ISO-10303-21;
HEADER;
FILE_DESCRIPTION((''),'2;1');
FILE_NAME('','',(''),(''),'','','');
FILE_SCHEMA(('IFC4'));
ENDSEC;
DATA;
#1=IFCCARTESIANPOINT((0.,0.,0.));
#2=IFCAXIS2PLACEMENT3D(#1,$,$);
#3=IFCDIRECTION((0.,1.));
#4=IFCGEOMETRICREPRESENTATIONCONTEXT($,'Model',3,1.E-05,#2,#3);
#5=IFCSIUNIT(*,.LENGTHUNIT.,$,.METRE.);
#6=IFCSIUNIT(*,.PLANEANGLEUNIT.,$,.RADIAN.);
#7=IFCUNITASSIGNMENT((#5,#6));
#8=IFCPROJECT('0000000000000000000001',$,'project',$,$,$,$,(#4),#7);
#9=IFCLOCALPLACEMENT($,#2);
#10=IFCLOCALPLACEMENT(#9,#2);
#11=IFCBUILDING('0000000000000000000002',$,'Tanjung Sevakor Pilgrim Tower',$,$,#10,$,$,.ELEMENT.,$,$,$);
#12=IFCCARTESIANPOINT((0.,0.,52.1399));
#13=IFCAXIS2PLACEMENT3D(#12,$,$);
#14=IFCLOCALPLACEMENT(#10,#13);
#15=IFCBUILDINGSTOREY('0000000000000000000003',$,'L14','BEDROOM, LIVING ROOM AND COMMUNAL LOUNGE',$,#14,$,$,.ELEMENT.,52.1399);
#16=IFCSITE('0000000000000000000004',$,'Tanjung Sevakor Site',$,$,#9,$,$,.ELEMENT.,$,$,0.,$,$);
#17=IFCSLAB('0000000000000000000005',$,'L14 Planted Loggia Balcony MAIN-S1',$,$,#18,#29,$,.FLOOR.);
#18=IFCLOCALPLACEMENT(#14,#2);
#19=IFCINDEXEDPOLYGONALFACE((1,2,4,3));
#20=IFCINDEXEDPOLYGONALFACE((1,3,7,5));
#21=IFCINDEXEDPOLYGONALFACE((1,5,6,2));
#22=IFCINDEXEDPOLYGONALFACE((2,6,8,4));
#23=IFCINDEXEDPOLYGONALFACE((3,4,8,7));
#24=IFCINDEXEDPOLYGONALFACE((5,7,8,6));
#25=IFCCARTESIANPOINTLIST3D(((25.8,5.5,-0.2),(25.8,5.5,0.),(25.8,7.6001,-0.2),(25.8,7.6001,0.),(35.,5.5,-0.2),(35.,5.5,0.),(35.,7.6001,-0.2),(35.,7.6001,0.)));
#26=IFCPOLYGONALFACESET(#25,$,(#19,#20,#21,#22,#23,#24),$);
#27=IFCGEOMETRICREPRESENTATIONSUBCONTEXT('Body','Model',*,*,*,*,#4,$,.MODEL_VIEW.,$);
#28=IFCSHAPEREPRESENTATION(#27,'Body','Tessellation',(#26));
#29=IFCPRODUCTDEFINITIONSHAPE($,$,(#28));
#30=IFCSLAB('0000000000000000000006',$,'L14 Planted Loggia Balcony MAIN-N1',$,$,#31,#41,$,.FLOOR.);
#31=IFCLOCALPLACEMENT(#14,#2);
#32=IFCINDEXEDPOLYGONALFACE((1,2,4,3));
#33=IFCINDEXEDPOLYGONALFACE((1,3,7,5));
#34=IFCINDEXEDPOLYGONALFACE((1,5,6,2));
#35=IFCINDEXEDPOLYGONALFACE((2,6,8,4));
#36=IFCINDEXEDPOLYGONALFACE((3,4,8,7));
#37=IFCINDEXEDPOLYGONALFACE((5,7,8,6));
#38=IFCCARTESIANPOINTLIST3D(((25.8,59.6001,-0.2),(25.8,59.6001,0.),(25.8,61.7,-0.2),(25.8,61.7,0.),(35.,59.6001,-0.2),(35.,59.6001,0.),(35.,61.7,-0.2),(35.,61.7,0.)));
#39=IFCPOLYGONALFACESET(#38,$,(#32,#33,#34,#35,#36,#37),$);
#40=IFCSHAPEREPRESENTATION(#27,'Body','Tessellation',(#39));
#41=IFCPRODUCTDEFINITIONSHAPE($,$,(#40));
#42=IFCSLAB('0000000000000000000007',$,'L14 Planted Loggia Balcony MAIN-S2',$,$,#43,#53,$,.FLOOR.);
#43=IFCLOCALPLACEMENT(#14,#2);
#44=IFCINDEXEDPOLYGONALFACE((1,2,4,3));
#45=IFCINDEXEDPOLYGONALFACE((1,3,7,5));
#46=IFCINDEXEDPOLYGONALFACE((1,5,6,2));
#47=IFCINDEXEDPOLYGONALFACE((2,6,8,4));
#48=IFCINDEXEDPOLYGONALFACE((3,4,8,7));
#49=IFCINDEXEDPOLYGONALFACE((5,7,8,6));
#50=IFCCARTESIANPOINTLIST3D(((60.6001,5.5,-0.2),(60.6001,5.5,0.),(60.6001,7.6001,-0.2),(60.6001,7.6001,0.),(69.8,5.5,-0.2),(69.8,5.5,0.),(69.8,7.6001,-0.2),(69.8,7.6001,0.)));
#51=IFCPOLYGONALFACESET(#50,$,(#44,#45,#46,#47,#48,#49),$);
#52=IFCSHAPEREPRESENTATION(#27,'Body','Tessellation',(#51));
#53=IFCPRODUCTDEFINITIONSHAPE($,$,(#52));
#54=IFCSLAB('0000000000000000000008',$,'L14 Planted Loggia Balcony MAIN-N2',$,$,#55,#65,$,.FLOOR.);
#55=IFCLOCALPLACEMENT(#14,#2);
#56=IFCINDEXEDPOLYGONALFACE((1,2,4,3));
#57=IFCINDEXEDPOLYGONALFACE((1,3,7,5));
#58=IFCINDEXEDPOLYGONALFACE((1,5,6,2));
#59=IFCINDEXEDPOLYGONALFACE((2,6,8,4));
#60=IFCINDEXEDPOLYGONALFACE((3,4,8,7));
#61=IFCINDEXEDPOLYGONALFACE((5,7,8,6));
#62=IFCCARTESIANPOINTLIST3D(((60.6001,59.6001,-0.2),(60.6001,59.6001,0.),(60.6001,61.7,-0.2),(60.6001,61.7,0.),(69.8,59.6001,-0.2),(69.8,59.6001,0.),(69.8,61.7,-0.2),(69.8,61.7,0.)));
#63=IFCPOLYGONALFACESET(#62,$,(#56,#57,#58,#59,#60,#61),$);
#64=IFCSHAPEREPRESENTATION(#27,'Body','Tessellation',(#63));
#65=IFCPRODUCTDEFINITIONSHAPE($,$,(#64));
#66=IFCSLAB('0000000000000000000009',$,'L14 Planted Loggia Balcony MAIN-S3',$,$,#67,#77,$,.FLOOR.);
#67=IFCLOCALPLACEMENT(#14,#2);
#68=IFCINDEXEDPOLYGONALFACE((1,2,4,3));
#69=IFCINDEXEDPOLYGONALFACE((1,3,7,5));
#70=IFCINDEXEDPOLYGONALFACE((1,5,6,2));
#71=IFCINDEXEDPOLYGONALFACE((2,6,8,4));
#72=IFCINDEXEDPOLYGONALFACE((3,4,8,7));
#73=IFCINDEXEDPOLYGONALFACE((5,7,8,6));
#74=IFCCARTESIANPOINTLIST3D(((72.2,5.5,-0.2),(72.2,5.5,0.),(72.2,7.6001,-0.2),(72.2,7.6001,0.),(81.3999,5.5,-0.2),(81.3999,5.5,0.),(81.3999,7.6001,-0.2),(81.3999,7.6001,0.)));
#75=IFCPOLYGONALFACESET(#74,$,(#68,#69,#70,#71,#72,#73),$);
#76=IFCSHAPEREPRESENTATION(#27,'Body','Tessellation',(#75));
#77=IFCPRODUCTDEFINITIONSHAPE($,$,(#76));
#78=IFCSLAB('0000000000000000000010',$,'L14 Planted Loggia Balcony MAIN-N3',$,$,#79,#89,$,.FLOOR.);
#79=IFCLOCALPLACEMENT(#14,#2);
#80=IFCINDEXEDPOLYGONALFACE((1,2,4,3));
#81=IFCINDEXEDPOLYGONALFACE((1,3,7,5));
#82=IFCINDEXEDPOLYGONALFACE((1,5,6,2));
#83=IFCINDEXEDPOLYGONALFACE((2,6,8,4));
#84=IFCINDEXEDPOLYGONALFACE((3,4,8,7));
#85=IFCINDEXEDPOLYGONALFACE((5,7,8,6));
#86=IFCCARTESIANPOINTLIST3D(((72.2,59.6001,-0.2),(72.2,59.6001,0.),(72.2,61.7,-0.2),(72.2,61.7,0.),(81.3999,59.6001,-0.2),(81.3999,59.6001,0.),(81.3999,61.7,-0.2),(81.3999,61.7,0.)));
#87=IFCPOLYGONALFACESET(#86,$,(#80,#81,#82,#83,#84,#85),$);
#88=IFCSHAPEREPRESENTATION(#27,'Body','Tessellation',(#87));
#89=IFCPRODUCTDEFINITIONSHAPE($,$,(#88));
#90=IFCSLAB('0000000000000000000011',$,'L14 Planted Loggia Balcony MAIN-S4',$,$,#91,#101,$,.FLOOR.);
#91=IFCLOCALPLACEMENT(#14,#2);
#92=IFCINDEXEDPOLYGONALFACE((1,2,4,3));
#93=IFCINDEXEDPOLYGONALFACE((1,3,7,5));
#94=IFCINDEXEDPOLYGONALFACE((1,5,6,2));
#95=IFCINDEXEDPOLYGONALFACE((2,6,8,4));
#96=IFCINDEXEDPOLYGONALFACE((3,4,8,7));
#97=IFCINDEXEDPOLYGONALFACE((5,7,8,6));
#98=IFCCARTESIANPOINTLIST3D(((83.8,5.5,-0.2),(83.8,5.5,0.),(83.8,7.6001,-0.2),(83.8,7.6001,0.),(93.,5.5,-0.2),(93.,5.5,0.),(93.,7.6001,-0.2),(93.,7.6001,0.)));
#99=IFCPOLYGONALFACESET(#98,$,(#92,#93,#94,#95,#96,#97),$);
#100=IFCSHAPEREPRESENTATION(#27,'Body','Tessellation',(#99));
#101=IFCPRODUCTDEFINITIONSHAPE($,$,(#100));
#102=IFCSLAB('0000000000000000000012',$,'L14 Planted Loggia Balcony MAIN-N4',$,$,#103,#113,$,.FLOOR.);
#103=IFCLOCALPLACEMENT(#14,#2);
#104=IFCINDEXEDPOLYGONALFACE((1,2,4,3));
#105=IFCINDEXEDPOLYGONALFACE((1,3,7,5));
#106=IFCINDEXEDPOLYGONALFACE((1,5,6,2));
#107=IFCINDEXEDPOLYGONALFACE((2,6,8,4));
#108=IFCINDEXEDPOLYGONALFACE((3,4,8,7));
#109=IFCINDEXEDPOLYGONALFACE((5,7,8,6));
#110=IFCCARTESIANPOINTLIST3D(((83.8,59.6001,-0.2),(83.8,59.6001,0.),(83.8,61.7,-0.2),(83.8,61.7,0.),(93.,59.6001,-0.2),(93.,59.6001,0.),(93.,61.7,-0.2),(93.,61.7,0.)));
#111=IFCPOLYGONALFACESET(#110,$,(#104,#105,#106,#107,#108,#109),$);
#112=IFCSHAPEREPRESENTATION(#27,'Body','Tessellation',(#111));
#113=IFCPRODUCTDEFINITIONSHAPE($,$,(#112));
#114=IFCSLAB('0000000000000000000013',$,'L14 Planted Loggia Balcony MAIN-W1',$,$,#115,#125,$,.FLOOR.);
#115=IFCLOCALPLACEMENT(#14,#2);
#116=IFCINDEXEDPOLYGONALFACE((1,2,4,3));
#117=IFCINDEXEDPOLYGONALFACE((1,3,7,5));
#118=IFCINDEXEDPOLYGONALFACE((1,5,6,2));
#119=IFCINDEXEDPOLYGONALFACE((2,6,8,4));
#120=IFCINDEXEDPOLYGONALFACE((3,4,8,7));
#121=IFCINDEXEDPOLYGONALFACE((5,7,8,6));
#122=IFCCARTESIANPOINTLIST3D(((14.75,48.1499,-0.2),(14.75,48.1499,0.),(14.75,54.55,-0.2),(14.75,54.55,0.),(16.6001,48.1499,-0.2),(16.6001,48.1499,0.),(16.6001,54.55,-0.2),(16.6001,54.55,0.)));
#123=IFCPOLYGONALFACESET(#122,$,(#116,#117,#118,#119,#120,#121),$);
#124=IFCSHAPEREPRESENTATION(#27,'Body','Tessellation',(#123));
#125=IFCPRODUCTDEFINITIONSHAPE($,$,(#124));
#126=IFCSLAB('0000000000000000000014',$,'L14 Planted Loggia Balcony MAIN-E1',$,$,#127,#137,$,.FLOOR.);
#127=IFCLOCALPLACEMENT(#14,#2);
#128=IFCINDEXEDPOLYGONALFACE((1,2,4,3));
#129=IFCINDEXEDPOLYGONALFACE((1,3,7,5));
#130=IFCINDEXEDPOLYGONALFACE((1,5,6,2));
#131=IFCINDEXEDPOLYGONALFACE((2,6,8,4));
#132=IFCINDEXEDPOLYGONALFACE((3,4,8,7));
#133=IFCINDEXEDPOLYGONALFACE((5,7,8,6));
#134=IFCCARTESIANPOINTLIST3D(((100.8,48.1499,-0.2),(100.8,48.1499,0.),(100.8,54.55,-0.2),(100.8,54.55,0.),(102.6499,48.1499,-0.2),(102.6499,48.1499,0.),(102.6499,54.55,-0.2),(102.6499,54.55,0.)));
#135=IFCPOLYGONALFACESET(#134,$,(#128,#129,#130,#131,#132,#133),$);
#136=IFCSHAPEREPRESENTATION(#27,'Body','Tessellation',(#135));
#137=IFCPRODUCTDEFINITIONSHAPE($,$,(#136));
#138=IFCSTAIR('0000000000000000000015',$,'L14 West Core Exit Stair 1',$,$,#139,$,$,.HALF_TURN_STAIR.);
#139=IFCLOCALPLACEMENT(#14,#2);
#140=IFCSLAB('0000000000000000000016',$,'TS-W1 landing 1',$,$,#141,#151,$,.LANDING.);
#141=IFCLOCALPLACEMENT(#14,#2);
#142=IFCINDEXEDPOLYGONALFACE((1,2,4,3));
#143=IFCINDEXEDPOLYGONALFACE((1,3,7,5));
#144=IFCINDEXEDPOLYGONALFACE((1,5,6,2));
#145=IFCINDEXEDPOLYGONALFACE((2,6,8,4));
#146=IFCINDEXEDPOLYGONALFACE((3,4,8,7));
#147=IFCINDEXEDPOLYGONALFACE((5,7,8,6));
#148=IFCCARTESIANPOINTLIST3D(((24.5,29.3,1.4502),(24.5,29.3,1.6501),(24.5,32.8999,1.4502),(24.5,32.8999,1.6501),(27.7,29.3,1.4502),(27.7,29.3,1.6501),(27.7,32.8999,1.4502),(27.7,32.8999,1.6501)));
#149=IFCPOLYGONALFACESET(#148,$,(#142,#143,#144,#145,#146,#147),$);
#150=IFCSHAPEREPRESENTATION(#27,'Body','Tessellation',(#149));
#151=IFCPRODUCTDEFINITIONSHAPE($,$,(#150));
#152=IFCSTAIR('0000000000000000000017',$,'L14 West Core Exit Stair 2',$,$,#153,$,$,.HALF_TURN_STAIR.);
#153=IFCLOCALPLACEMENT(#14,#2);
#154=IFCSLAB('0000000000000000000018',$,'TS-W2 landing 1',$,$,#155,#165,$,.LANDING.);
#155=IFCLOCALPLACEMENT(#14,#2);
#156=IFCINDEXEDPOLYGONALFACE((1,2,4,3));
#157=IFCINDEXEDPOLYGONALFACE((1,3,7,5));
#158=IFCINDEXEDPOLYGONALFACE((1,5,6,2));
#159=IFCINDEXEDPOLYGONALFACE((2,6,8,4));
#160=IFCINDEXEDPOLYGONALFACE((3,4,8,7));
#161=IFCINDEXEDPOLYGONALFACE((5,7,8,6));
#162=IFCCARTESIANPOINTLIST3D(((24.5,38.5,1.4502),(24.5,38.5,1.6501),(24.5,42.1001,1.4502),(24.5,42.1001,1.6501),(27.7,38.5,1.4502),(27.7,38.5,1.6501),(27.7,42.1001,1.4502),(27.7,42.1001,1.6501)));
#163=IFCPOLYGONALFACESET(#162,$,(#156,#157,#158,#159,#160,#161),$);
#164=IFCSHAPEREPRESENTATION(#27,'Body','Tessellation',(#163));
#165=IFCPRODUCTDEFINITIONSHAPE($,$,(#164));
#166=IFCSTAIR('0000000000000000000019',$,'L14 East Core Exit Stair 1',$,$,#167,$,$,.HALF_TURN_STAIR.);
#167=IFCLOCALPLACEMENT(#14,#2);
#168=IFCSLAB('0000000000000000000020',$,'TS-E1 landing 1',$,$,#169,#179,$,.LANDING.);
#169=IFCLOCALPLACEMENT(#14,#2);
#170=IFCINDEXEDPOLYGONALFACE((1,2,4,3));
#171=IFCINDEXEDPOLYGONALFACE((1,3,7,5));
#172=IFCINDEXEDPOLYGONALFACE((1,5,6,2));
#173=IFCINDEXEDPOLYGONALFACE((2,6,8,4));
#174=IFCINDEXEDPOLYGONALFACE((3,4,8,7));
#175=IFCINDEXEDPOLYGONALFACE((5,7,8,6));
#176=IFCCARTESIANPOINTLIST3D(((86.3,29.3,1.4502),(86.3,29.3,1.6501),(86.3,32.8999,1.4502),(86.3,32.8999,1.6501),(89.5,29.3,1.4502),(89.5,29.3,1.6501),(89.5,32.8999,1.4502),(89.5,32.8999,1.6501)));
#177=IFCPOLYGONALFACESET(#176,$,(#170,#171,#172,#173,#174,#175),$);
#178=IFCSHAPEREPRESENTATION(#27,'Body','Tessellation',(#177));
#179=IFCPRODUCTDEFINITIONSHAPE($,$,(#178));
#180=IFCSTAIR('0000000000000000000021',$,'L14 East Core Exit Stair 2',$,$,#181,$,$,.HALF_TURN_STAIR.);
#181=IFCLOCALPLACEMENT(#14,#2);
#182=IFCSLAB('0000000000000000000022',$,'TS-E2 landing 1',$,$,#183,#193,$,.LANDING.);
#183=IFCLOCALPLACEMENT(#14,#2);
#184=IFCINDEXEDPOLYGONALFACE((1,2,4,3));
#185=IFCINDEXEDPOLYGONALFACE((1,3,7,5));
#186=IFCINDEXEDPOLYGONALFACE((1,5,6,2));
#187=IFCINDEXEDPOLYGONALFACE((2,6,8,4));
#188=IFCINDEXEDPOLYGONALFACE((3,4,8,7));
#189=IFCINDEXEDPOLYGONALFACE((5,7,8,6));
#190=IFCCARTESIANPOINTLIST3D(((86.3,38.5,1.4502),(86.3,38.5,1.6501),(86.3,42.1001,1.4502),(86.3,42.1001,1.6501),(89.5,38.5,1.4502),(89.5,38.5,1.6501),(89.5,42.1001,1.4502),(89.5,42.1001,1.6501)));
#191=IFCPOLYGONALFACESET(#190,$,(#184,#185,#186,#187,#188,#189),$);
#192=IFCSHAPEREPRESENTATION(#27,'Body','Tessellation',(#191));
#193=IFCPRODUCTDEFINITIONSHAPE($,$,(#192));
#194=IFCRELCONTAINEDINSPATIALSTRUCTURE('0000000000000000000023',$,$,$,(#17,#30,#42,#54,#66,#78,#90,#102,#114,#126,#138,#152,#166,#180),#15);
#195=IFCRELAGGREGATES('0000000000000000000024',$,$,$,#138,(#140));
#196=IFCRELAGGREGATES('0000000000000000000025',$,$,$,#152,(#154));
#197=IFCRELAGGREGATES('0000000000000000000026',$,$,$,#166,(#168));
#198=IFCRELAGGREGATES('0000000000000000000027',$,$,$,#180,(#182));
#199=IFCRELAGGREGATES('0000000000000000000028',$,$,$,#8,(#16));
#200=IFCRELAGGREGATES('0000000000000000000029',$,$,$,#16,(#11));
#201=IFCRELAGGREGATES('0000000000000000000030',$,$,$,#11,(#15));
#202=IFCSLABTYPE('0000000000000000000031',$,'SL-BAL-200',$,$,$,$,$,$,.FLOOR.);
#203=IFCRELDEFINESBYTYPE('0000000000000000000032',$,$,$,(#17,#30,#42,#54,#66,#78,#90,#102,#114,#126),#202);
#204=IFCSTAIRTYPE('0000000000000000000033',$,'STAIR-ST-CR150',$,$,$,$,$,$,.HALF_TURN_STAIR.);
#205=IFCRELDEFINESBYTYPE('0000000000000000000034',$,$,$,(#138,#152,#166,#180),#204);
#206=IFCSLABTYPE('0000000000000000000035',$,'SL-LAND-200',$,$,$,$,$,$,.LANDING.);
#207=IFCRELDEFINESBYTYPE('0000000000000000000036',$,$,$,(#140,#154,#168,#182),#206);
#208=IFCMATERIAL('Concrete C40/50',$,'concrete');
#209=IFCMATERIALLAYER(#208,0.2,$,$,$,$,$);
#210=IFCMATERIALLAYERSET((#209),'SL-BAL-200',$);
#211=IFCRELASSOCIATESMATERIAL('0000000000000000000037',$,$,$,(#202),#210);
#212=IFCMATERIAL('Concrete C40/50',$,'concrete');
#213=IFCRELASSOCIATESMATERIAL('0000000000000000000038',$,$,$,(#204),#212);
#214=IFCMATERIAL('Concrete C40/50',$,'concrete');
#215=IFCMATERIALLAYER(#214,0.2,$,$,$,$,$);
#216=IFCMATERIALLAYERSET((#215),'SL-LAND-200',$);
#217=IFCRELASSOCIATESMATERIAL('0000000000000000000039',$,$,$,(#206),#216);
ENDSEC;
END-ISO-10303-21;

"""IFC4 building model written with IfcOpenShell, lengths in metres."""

from ifc_helpers import new_model, si_unit, direction, frame, origin, place, context, subcontext, project, spatial, polyline, outline, extrude, material, layer, layer_set, type_object, element, aggregate, save


model = new_model("IFC4")

# Units and contexts
model_context = context("Model", 3, precision=1e-05, world=origin(), true_north=direction((0.0, 1.0)))
body_context = subcontext(model_context, "Body", "Model", "MODEL_VIEW")
ifc_project = project(units=[si_unit("LENGTHUNIT", "METRE"), si_unit("PLANEANGLEUNIT", "RADIAN")], contexts=[model_context])

# Site, building, storey
site_placement = place(None, origin())
site = spatial("IfcSite", under=ifc_project, at=site_placement, Name="Tanjung Sevakor Site", CompositionType="ELEMENT", RefElevation=0.0)
building_placement = place(site_placement, origin())
building = spatial("IfcBuilding", under=site, at=building_placement, Name="Tanjung Sevakor Pilgrim Tower", CompositionType="ELEMENT")
storey_placement = place(building_placement, frame((0.0, 0.0, 52.1399)))
storey = spatial("IfcBuildingStorey", under=building, at=storey_placement, Name="L14", Description="BEDROOM, LIVING ROOM AND COMMUNAL LOUNGE", CompositionType="ELEMENT", Elevation=52.1399)

# Slabs
ifc_material_1 = material(Name="Concrete C40/50", Category="concrete")
ifc_layer_1 = layer(ifc_material_1, 0.2)
ifc_layer_set_1 = layer_set([ifc_layer_1], Name="SL-BAL-200")
slab_type_1 = type_object("IfcSlabType", Name="SL-BAL-200", PredefinedType="FLOOR", material=ifc_layer_set_1)
slab_1_placement = place(storey_placement, frame((0.0, 0.0, -0.2)))
element("IfcSlab", 1, at=slab_1_placement, inside=storey, type_object=slab_type_1, Name="L14 Planted Loggia Balcony MAIN-S1", PredefinedType="FLOOR", context=body_context, shape_type="SweptSolid", body=[
    extrude(outline(polyline([(25.8, 5.5), (35.0, 5.5), (35.0, 7.6001), (25.8, 7.6001), (25.8, 5.5)])), origin(), (0.0, 0.0, 1.0), 0.2),
])
slab_2_placement = place(storey_placement, frame((0.0, 0.0, -0.2)))
element("IfcSlab", 2, at=slab_2_placement, inside=storey, type_object=slab_type_1, Name="L14 Planted Loggia Balcony MAIN-N1", PredefinedType="FLOOR", context=body_context, shape_type="SweptSolid", body=[
    extrude(outline(polyline([(25.8, 59.6001), (35.0, 59.6001), (35.0, 61.7), (25.8, 61.7), (25.8, 59.6001)])), origin(), (0.0, 0.0, 1.0), 0.2),
])
slab_3_placement = place(storey_placement, frame((0.0, 0.0, -0.2)))
element("IfcSlab", 3, at=slab_3_placement, inside=storey, type_object=slab_type_1, Name="L14 Planted Loggia Balcony MAIN-S2", PredefinedType="FLOOR", context=body_context, shape_type="SweptSolid", body=[
    extrude(outline(polyline([(60.6001, 5.5), (69.8, 5.5), (69.8, 7.6001), (60.6001, 7.6001), (60.6001, 5.5)])), origin(), (0.0, 0.0, 1.0), 0.2),
])
slab_4_placement = place(storey_placement, frame((0.0, 0.0, -0.2)))
element("IfcSlab", 4, at=slab_4_placement, inside=storey, type_object=slab_type_1, Name="L14 Planted Loggia Balcony MAIN-N2", PredefinedType="FLOOR", context=body_context, shape_type="SweptSolid", body=[
    extrude(outline(polyline([(60.6001, 59.6001), (69.8, 59.6001), (69.8, 61.7), (60.6001, 61.7), (60.6001, 59.6001)])), origin(), (0.0, 0.0, 1.0), 0.2),
])
slab_5_placement = place(storey_placement, frame((0.0, 0.0, -0.2)))
element("IfcSlab", 5, at=slab_5_placement, inside=storey, type_object=slab_type_1, Name="L14 Planted Loggia Balcony MAIN-S3", PredefinedType="FLOOR", context=body_context, shape_type="SweptSolid", body=[
    extrude(outline(polyline([(72.2, 5.5), (81.3999, 5.5), (81.3999, 7.6001), (72.2, 7.6001), (72.2, 5.5)])), origin(), (0.0, 0.0, 1.0), 0.2),
])
slab_6_placement = place(storey_placement, frame((0.0, 0.0, -0.2)))
element("IfcSlab", 6, at=slab_6_placement, inside=storey, type_object=slab_type_1, Name="L14 Planted Loggia Balcony MAIN-N3", PredefinedType="FLOOR", context=body_context, shape_type="SweptSolid", body=[
    extrude(outline(polyline([(72.2, 59.6001), (81.3999, 59.6001), (81.3999, 61.7), (72.2, 61.7), (72.2, 59.6001)])), origin(), (0.0, 0.0, 1.0), 0.2),
])
slab_7_placement = place(storey_placement, frame((0.0, 0.0, -0.2)))
element("IfcSlab", 7, at=slab_7_placement, inside=storey, type_object=slab_type_1, Name="L14 Planted Loggia Balcony MAIN-S4", PredefinedType="FLOOR", context=body_context, shape_type="SweptSolid", body=[
    extrude(outline(polyline([(83.8, 5.5), (93.0, 5.5), (93.0, 7.6001), (83.8, 7.6001), (83.8, 5.5)])), origin(), (0.0, 0.0, 1.0), 0.2),
])
slab_8_placement = place(storey_placement, frame((0.0, 0.0, -0.2)))
element("IfcSlab", 8, at=slab_8_placement, inside=storey, type_object=slab_type_1, Name="L14 Planted Loggia Balcony MAIN-N4", PredefinedType="FLOOR", context=body_context, shape_type="SweptSolid", body=[
    extrude(outline(polyline([(83.8, 59.6001), (93.0, 59.6001), (93.0, 61.7), (83.8, 61.7), (83.8, 59.6001)])), origin(), (0.0, 0.0, 1.0), 0.2),
])
slab_9_placement = place(storey_placement, frame((0.0, 0.0, -0.2)))
element("IfcSlab", 9, at=slab_9_placement, inside=storey, type_object=slab_type_1, Name="L14 Planted Loggia Balcony MAIN-W1", PredefinedType="FLOOR", context=body_context, shape_type="SweptSolid", body=[
    extrude(outline(polyline([(14.75, 48.1499), (16.6001, 48.1499), (16.6001, 54.55), (14.75, 54.55), (14.75, 48.1499)])), origin(), (0.0, 0.0, 1.0), 0.2),
])
slab_10_placement = place(storey_placement, frame((0.0, 0.0, -0.2)))
element("IfcSlab", 10, at=slab_10_placement, inside=storey, type_object=slab_type_1, Name="L14 Planted Loggia Balcony MAIN-E1", PredefinedType="FLOOR", context=body_context, shape_type="SweptSolid", body=[
    extrude(outline(polyline([(100.8, 48.1499), (102.6499, 48.1499), (102.6499, 54.55), (100.8, 54.55), (100.8, 48.1499)])), origin(), (0.0, 0.0, 1.0), 0.2),
])

# Stairs, slabs
ifc_material_2 = material(Name="Concrete C40/50", Category="concrete")
stair_type = type_object("IfcStairType", Name="STAIR-ST-CR150", PredefinedType="HALF_TURN_STAIR", material=ifc_material_2)
stair_1_placement = place(storey_placement, origin())
stair_1 = element("IfcStair", 11, at=stair_1_placement, inside=storey, type_object=stair_type, Name="L14 West Core Exit Stair 1", PredefinedType="HALF_TURN_STAIR")
ifc_material_3 = material(Name="Concrete C40/50", Category="concrete")
ifc_layer_2 = layer(ifc_material_3, 0.2)
ifc_layer_set_2 = layer_set([ifc_layer_2], Name="SL-LAND-200")
slab_type_2 = type_object("IfcSlabType", Name="SL-LAND-200", PredefinedType="LANDING", material=ifc_layer_set_2)
slab_11_placement = place(storey_placement, frame((0.0, 0.0, 1.4502)))
slab_11 = element("IfcSlab", 12, at=slab_11_placement, type_object=slab_type_2, Name="TS-W1 landing 1", PredefinedType="LANDING", context=body_context, shape_type="SweptSolid", body=[
    extrude(outline(polyline([(27.7, 29.3), (27.7, 32.8999), (24.5, 32.8999), (24.5, 29.3), (27.7, 29.3)])), origin(), (0.0, 0.0, 1.0), 0.2),
])
aggregate(stair_1, [slab_11])
stair_2_placement = place(storey_placement, origin())
stair_2 = element("IfcStair", 13, at=stair_2_placement, inside=storey, type_object=stair_type, Name="L14 West Core Exit Stair 2", PredefinedType="HALF_TURN_STAIR")
slab_12_placement = place(storey_placement, frame((0.0, 0.0, 1.4502)))
slab_12 = element("IfcSlab", 14, at=slab_12_placement, type_object=slab_type_2, Name="TS-W2 landing 1", PredefinedType="LANDING", context=body_context, shape_type="SweptSolid", body=[
    extrude(outline(polyline([(27.7, 38.5), (27.7, 42.1001), (24.5, 42.1001), (24.5, 38.5), (27.7, 38.5)])), origin(), (0.0, 0.0, 1.0), 0.2),
])
aggregate(stair_2, [slab_12])
stair_3_placement = place(storey_placement, origin())
stair_3 = element("IfcStair", 15, at=stair_3_placement, inside=storey, type_object=stair_type, Name="L14 East Core Exit Stair 1", PredefinedType="HALF_TURN_STAIR")
slab_13_placement = place(storey_placement, frame((0.0, 0.0, 1.4502)))
slab_13 = element("IfcSlab", 16, at=slab_13_placement, type_object=slab_type_2, Name="TS-E1 landing 1", PredefinedType="LANDING", context=body_context, shape_type="SweptSolid", body=[
    extrude(outline(polyline([(89.5, 29.3), (89.5, 32.8999), (86.3, 32.8999), (86.3, 29.3), (89.5, 29.3)])), origin(), (0.0, 0.0, 1.0), 0.2),
])
aggregate(stair_3, [slab_13])
stair_4_placement = place(storey_placement, origin())
stair_4 = element("IfcStair", 17, at=stair_4_placement, inside=storey, type_object=stair_type, Name="L14 East Core Exit Stair 2", PredefinedType="HALF_TURN_STAIR")
slab_14_placement = place(storey_placement, frame((0.0, 0.0, 1.4502)))
slab_14 = element("IfcSlab", 18, at=slab_14_placement, type_object=slab_type_2, Name="TS-E2 landing 1", PredefinedType="LANDING", context=body_context, shape_type="SweptSolid", body=[
    extrude(outline(polyline([(89.5, 38.5), (89.5, 42.1001), (86.3, 42.1001), (86.3, 38.5), (89.5, 38.5)])), origin(), (0.0, 0.0, 1.0), 0.2),
])
aggregate(stair_4, [slab_14])

save(model, "model.ifc")
